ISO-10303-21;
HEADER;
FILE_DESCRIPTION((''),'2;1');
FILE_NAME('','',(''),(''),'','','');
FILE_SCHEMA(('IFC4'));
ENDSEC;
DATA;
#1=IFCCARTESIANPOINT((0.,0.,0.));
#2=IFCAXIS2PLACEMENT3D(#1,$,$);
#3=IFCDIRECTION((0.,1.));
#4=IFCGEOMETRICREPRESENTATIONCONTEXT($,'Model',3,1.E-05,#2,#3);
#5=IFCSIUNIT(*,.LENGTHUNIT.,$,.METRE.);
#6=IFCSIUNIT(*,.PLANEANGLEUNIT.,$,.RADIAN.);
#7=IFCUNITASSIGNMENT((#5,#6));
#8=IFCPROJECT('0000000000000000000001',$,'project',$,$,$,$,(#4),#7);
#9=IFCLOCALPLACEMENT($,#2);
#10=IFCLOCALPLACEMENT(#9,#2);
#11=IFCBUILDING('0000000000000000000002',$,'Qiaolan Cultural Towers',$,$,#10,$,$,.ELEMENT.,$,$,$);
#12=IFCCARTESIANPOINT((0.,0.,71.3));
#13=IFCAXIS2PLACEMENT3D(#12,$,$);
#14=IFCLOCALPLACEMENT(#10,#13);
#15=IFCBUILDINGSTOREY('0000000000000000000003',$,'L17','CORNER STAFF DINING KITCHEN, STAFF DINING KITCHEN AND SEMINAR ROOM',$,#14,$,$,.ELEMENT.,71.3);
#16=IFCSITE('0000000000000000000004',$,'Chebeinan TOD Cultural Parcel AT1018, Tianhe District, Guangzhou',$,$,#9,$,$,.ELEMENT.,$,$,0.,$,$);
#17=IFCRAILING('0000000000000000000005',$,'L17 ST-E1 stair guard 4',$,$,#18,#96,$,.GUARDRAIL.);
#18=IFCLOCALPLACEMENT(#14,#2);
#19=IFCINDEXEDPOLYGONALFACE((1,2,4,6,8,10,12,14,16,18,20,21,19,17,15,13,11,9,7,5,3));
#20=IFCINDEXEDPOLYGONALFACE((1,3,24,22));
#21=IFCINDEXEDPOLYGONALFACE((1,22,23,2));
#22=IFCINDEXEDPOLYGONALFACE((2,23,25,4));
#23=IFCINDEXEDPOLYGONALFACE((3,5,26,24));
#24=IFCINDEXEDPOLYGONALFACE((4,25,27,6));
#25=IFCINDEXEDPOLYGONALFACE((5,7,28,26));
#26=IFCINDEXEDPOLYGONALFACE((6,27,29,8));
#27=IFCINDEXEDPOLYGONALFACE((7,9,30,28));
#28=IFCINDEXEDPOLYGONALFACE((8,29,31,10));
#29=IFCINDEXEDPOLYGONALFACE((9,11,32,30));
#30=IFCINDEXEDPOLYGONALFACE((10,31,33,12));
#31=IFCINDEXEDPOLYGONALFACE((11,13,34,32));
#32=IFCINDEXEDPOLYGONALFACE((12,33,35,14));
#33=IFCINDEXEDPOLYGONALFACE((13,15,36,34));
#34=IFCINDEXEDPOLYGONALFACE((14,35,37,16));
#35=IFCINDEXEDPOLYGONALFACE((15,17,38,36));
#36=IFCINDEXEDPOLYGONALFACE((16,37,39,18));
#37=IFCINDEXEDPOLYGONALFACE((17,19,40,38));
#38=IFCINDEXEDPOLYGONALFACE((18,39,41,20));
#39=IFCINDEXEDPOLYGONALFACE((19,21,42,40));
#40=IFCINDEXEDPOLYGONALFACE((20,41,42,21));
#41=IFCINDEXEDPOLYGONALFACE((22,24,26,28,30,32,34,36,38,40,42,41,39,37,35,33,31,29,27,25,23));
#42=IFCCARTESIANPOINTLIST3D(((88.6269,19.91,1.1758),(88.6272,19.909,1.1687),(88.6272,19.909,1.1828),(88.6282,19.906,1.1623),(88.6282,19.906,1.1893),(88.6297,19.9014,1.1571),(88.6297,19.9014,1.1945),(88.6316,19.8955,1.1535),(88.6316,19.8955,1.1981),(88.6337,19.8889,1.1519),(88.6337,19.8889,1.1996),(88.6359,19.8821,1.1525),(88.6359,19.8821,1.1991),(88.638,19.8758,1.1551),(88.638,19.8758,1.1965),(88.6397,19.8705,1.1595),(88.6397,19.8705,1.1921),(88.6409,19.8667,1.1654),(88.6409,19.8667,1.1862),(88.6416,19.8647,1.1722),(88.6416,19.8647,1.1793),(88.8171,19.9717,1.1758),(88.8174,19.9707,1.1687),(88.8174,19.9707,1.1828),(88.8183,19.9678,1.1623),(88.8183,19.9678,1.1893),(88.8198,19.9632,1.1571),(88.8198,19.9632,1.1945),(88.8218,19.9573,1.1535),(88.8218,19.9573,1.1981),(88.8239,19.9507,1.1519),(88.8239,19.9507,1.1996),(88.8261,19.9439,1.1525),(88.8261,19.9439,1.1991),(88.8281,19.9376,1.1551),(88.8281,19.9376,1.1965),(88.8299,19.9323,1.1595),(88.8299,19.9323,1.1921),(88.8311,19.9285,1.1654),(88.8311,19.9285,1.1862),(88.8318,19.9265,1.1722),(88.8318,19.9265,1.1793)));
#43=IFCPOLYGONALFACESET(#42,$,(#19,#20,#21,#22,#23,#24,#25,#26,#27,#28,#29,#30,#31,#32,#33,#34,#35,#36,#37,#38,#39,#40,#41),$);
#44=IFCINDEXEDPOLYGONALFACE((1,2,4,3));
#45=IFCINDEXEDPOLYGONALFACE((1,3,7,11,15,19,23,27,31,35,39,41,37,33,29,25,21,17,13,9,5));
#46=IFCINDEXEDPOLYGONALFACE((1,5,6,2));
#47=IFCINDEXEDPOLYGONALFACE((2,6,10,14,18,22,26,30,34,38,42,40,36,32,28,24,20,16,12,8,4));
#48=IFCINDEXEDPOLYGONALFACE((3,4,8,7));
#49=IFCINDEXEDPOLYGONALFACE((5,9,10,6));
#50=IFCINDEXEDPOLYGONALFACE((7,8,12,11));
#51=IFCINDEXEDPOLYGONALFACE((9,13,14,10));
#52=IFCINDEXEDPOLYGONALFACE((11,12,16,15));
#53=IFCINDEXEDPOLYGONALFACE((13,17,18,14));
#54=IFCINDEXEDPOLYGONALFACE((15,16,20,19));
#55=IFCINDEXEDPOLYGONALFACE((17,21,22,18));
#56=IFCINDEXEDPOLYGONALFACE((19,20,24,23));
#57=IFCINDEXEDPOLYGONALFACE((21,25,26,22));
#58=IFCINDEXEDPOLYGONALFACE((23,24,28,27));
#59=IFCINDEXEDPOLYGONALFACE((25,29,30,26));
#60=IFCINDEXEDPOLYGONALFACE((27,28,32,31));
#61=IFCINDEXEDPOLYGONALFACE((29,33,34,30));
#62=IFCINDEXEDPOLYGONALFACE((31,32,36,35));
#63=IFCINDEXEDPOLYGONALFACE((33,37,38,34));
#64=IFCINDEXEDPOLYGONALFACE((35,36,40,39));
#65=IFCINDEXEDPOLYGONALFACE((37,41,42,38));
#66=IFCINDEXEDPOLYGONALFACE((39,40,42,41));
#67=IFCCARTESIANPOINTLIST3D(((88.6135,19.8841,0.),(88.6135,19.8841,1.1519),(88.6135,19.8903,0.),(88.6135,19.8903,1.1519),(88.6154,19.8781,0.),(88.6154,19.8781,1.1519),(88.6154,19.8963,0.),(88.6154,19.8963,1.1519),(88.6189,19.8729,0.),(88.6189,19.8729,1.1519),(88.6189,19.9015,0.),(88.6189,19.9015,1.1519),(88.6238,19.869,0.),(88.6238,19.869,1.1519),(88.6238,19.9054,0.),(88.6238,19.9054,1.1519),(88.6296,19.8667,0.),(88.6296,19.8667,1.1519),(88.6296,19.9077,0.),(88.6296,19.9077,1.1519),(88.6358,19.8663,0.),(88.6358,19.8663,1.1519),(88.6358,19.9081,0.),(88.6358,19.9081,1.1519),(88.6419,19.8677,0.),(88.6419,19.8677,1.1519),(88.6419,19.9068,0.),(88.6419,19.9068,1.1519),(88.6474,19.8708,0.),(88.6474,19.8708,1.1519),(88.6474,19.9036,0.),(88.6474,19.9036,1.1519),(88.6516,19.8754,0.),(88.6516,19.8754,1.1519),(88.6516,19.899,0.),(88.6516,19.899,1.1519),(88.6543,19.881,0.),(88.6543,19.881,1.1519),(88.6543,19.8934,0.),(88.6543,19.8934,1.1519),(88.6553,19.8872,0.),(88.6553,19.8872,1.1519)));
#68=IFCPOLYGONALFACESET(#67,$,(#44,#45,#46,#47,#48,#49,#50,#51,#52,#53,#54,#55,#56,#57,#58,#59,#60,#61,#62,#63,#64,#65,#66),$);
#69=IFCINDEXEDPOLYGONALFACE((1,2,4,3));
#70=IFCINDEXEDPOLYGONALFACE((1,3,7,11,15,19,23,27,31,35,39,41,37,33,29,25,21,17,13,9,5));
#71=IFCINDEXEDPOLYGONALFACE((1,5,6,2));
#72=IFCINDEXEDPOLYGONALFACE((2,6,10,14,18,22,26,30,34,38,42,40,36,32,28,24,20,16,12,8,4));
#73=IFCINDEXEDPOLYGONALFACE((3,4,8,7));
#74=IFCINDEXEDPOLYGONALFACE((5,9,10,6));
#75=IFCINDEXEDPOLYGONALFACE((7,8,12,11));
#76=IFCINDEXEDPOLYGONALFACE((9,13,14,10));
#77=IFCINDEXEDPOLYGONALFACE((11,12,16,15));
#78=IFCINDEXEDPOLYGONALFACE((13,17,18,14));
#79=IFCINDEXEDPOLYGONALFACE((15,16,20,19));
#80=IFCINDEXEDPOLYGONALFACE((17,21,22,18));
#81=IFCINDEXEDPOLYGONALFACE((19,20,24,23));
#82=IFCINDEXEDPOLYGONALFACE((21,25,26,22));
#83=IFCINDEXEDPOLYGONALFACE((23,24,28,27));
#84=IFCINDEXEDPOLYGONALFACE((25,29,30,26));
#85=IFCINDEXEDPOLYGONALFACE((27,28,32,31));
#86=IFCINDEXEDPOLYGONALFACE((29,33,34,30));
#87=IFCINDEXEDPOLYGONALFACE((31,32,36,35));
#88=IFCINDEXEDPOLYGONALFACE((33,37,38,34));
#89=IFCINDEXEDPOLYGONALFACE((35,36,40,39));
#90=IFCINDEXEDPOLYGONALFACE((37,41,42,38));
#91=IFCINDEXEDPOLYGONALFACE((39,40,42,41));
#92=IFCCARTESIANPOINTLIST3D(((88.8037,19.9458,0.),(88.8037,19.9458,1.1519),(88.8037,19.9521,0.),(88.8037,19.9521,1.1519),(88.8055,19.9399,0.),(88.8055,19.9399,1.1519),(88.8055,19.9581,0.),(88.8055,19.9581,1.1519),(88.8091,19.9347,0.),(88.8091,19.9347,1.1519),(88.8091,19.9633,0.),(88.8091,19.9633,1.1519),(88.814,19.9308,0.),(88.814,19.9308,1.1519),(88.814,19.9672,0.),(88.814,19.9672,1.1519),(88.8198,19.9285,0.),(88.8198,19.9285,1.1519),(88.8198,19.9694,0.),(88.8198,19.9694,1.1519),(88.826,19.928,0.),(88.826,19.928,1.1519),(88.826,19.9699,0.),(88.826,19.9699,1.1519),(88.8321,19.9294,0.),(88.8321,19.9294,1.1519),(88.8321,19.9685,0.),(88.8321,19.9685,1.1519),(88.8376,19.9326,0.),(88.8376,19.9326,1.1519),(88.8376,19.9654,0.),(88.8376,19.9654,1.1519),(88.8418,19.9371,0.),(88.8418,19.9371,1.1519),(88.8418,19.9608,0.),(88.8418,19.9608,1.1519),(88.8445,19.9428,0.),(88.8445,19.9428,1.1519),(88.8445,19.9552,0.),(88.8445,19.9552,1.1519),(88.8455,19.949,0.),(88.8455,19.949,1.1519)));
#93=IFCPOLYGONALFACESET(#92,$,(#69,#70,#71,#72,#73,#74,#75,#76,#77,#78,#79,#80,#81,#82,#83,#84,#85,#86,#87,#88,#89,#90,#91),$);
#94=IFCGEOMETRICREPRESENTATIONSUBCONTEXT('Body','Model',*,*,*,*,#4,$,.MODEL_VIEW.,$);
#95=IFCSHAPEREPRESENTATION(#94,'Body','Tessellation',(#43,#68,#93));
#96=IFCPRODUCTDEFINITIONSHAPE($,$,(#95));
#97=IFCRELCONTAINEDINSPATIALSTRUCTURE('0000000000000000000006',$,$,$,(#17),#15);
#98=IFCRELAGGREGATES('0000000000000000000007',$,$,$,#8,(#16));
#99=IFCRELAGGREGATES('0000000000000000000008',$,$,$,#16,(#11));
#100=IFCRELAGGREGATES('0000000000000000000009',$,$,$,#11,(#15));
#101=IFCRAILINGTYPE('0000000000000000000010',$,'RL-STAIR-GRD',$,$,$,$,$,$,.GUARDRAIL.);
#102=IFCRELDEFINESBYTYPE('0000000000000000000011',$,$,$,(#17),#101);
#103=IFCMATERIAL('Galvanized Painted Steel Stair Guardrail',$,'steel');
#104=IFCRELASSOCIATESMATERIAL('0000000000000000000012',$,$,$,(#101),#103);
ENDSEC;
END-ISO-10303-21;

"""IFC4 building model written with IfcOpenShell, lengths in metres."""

from ifc_helpers import new_model, si_unit, direction, frame, origin, origin_2d, place, context, subcontext, project, spatial, circle, extrude, material, type_object, element, save


model = new_model("IFC4")

# Units and contexts
model_context = context("Model", 3, precision=1e-05, world=origin(), true_north=direction((0.0, 1.0)))
body_context = subcontext(model_context, "Body", "Model", "MODEL_VIEW")
ifc_project = project(units=[si_unit("LENGTHUNIT", "METRE"), si_unit("PLANEANGLEUNIT", "RADIAN")], contexts=[model_context])

# Site, building, storey
site_placement = place(None, origin())
site = spatial("IfcSite", under=ifc_project, at=site_placement, Name="Chebeinan TOD Cultural Parcel AT1018, Tianhe District, Guangzhou", CompositionType="ELEMENT", RefElevation=0.0)
building_placement = place(site_placement, origin())
building = spatial("IfcBuilding", under=site, at=building_placement, Name="Qiaolan Cultural Towers", CompositionType="ELEMENT")
storey_placement = place(building_placement, frame((0.0, 0.0, 71.3)))
storey = spatial("IfcBuildingStorey", under=building, at=storey_placement, Name="L17", Description="CORNER STAFF DINING KITCHEN, STAFF DINING KITCHEN AND SEMINAR ROOM", CompositionType="ELEMENT", Elevation=71.3)

# Railing
ifc_material_1 = material(Name="Galvanized Painted Steel Stair Guardrail", Category="steel")
railing_type_1 = type_object("IfcRailingType", Name="RL-STAIR-GRD", PredefinedType="GUARDRAIL", material=ifc_material_1)
railing_1_placement = place(storey_placement, frame((88.6343, 19.8872, 0.0)))
element("IfcRailing", 1, at=railing_1_placement, inside=storey, type_object=railing_type_1, Name="L17 ST-E1 stair guard 4", PredefinedType="GUARDRAIL", context=body_context, shape_type="SweptSolid", body=[
    extrude(circle(Radius=0.0239, at=origin_2d()), frame((0.0, 0.0, 1.1758), z_axis=(0.951097, 0.308893, 0.0), x_axis=(-0.308893, 0.951097, 0.0)), (0.0, 0.0, 1.0), 0.2),
    extrude(circle(Radius=0.021, at=origin_2d()), origin(), (0.0, 0.0, 1.0), 1.1519),
    extrude(circle(Radius=0.021, at=origin_2d()), frame((0.1902, 0.0618, 0.0)), (0.0, 0.0, 1.0), 1.1519),
])

save(model, "model.ifc")
